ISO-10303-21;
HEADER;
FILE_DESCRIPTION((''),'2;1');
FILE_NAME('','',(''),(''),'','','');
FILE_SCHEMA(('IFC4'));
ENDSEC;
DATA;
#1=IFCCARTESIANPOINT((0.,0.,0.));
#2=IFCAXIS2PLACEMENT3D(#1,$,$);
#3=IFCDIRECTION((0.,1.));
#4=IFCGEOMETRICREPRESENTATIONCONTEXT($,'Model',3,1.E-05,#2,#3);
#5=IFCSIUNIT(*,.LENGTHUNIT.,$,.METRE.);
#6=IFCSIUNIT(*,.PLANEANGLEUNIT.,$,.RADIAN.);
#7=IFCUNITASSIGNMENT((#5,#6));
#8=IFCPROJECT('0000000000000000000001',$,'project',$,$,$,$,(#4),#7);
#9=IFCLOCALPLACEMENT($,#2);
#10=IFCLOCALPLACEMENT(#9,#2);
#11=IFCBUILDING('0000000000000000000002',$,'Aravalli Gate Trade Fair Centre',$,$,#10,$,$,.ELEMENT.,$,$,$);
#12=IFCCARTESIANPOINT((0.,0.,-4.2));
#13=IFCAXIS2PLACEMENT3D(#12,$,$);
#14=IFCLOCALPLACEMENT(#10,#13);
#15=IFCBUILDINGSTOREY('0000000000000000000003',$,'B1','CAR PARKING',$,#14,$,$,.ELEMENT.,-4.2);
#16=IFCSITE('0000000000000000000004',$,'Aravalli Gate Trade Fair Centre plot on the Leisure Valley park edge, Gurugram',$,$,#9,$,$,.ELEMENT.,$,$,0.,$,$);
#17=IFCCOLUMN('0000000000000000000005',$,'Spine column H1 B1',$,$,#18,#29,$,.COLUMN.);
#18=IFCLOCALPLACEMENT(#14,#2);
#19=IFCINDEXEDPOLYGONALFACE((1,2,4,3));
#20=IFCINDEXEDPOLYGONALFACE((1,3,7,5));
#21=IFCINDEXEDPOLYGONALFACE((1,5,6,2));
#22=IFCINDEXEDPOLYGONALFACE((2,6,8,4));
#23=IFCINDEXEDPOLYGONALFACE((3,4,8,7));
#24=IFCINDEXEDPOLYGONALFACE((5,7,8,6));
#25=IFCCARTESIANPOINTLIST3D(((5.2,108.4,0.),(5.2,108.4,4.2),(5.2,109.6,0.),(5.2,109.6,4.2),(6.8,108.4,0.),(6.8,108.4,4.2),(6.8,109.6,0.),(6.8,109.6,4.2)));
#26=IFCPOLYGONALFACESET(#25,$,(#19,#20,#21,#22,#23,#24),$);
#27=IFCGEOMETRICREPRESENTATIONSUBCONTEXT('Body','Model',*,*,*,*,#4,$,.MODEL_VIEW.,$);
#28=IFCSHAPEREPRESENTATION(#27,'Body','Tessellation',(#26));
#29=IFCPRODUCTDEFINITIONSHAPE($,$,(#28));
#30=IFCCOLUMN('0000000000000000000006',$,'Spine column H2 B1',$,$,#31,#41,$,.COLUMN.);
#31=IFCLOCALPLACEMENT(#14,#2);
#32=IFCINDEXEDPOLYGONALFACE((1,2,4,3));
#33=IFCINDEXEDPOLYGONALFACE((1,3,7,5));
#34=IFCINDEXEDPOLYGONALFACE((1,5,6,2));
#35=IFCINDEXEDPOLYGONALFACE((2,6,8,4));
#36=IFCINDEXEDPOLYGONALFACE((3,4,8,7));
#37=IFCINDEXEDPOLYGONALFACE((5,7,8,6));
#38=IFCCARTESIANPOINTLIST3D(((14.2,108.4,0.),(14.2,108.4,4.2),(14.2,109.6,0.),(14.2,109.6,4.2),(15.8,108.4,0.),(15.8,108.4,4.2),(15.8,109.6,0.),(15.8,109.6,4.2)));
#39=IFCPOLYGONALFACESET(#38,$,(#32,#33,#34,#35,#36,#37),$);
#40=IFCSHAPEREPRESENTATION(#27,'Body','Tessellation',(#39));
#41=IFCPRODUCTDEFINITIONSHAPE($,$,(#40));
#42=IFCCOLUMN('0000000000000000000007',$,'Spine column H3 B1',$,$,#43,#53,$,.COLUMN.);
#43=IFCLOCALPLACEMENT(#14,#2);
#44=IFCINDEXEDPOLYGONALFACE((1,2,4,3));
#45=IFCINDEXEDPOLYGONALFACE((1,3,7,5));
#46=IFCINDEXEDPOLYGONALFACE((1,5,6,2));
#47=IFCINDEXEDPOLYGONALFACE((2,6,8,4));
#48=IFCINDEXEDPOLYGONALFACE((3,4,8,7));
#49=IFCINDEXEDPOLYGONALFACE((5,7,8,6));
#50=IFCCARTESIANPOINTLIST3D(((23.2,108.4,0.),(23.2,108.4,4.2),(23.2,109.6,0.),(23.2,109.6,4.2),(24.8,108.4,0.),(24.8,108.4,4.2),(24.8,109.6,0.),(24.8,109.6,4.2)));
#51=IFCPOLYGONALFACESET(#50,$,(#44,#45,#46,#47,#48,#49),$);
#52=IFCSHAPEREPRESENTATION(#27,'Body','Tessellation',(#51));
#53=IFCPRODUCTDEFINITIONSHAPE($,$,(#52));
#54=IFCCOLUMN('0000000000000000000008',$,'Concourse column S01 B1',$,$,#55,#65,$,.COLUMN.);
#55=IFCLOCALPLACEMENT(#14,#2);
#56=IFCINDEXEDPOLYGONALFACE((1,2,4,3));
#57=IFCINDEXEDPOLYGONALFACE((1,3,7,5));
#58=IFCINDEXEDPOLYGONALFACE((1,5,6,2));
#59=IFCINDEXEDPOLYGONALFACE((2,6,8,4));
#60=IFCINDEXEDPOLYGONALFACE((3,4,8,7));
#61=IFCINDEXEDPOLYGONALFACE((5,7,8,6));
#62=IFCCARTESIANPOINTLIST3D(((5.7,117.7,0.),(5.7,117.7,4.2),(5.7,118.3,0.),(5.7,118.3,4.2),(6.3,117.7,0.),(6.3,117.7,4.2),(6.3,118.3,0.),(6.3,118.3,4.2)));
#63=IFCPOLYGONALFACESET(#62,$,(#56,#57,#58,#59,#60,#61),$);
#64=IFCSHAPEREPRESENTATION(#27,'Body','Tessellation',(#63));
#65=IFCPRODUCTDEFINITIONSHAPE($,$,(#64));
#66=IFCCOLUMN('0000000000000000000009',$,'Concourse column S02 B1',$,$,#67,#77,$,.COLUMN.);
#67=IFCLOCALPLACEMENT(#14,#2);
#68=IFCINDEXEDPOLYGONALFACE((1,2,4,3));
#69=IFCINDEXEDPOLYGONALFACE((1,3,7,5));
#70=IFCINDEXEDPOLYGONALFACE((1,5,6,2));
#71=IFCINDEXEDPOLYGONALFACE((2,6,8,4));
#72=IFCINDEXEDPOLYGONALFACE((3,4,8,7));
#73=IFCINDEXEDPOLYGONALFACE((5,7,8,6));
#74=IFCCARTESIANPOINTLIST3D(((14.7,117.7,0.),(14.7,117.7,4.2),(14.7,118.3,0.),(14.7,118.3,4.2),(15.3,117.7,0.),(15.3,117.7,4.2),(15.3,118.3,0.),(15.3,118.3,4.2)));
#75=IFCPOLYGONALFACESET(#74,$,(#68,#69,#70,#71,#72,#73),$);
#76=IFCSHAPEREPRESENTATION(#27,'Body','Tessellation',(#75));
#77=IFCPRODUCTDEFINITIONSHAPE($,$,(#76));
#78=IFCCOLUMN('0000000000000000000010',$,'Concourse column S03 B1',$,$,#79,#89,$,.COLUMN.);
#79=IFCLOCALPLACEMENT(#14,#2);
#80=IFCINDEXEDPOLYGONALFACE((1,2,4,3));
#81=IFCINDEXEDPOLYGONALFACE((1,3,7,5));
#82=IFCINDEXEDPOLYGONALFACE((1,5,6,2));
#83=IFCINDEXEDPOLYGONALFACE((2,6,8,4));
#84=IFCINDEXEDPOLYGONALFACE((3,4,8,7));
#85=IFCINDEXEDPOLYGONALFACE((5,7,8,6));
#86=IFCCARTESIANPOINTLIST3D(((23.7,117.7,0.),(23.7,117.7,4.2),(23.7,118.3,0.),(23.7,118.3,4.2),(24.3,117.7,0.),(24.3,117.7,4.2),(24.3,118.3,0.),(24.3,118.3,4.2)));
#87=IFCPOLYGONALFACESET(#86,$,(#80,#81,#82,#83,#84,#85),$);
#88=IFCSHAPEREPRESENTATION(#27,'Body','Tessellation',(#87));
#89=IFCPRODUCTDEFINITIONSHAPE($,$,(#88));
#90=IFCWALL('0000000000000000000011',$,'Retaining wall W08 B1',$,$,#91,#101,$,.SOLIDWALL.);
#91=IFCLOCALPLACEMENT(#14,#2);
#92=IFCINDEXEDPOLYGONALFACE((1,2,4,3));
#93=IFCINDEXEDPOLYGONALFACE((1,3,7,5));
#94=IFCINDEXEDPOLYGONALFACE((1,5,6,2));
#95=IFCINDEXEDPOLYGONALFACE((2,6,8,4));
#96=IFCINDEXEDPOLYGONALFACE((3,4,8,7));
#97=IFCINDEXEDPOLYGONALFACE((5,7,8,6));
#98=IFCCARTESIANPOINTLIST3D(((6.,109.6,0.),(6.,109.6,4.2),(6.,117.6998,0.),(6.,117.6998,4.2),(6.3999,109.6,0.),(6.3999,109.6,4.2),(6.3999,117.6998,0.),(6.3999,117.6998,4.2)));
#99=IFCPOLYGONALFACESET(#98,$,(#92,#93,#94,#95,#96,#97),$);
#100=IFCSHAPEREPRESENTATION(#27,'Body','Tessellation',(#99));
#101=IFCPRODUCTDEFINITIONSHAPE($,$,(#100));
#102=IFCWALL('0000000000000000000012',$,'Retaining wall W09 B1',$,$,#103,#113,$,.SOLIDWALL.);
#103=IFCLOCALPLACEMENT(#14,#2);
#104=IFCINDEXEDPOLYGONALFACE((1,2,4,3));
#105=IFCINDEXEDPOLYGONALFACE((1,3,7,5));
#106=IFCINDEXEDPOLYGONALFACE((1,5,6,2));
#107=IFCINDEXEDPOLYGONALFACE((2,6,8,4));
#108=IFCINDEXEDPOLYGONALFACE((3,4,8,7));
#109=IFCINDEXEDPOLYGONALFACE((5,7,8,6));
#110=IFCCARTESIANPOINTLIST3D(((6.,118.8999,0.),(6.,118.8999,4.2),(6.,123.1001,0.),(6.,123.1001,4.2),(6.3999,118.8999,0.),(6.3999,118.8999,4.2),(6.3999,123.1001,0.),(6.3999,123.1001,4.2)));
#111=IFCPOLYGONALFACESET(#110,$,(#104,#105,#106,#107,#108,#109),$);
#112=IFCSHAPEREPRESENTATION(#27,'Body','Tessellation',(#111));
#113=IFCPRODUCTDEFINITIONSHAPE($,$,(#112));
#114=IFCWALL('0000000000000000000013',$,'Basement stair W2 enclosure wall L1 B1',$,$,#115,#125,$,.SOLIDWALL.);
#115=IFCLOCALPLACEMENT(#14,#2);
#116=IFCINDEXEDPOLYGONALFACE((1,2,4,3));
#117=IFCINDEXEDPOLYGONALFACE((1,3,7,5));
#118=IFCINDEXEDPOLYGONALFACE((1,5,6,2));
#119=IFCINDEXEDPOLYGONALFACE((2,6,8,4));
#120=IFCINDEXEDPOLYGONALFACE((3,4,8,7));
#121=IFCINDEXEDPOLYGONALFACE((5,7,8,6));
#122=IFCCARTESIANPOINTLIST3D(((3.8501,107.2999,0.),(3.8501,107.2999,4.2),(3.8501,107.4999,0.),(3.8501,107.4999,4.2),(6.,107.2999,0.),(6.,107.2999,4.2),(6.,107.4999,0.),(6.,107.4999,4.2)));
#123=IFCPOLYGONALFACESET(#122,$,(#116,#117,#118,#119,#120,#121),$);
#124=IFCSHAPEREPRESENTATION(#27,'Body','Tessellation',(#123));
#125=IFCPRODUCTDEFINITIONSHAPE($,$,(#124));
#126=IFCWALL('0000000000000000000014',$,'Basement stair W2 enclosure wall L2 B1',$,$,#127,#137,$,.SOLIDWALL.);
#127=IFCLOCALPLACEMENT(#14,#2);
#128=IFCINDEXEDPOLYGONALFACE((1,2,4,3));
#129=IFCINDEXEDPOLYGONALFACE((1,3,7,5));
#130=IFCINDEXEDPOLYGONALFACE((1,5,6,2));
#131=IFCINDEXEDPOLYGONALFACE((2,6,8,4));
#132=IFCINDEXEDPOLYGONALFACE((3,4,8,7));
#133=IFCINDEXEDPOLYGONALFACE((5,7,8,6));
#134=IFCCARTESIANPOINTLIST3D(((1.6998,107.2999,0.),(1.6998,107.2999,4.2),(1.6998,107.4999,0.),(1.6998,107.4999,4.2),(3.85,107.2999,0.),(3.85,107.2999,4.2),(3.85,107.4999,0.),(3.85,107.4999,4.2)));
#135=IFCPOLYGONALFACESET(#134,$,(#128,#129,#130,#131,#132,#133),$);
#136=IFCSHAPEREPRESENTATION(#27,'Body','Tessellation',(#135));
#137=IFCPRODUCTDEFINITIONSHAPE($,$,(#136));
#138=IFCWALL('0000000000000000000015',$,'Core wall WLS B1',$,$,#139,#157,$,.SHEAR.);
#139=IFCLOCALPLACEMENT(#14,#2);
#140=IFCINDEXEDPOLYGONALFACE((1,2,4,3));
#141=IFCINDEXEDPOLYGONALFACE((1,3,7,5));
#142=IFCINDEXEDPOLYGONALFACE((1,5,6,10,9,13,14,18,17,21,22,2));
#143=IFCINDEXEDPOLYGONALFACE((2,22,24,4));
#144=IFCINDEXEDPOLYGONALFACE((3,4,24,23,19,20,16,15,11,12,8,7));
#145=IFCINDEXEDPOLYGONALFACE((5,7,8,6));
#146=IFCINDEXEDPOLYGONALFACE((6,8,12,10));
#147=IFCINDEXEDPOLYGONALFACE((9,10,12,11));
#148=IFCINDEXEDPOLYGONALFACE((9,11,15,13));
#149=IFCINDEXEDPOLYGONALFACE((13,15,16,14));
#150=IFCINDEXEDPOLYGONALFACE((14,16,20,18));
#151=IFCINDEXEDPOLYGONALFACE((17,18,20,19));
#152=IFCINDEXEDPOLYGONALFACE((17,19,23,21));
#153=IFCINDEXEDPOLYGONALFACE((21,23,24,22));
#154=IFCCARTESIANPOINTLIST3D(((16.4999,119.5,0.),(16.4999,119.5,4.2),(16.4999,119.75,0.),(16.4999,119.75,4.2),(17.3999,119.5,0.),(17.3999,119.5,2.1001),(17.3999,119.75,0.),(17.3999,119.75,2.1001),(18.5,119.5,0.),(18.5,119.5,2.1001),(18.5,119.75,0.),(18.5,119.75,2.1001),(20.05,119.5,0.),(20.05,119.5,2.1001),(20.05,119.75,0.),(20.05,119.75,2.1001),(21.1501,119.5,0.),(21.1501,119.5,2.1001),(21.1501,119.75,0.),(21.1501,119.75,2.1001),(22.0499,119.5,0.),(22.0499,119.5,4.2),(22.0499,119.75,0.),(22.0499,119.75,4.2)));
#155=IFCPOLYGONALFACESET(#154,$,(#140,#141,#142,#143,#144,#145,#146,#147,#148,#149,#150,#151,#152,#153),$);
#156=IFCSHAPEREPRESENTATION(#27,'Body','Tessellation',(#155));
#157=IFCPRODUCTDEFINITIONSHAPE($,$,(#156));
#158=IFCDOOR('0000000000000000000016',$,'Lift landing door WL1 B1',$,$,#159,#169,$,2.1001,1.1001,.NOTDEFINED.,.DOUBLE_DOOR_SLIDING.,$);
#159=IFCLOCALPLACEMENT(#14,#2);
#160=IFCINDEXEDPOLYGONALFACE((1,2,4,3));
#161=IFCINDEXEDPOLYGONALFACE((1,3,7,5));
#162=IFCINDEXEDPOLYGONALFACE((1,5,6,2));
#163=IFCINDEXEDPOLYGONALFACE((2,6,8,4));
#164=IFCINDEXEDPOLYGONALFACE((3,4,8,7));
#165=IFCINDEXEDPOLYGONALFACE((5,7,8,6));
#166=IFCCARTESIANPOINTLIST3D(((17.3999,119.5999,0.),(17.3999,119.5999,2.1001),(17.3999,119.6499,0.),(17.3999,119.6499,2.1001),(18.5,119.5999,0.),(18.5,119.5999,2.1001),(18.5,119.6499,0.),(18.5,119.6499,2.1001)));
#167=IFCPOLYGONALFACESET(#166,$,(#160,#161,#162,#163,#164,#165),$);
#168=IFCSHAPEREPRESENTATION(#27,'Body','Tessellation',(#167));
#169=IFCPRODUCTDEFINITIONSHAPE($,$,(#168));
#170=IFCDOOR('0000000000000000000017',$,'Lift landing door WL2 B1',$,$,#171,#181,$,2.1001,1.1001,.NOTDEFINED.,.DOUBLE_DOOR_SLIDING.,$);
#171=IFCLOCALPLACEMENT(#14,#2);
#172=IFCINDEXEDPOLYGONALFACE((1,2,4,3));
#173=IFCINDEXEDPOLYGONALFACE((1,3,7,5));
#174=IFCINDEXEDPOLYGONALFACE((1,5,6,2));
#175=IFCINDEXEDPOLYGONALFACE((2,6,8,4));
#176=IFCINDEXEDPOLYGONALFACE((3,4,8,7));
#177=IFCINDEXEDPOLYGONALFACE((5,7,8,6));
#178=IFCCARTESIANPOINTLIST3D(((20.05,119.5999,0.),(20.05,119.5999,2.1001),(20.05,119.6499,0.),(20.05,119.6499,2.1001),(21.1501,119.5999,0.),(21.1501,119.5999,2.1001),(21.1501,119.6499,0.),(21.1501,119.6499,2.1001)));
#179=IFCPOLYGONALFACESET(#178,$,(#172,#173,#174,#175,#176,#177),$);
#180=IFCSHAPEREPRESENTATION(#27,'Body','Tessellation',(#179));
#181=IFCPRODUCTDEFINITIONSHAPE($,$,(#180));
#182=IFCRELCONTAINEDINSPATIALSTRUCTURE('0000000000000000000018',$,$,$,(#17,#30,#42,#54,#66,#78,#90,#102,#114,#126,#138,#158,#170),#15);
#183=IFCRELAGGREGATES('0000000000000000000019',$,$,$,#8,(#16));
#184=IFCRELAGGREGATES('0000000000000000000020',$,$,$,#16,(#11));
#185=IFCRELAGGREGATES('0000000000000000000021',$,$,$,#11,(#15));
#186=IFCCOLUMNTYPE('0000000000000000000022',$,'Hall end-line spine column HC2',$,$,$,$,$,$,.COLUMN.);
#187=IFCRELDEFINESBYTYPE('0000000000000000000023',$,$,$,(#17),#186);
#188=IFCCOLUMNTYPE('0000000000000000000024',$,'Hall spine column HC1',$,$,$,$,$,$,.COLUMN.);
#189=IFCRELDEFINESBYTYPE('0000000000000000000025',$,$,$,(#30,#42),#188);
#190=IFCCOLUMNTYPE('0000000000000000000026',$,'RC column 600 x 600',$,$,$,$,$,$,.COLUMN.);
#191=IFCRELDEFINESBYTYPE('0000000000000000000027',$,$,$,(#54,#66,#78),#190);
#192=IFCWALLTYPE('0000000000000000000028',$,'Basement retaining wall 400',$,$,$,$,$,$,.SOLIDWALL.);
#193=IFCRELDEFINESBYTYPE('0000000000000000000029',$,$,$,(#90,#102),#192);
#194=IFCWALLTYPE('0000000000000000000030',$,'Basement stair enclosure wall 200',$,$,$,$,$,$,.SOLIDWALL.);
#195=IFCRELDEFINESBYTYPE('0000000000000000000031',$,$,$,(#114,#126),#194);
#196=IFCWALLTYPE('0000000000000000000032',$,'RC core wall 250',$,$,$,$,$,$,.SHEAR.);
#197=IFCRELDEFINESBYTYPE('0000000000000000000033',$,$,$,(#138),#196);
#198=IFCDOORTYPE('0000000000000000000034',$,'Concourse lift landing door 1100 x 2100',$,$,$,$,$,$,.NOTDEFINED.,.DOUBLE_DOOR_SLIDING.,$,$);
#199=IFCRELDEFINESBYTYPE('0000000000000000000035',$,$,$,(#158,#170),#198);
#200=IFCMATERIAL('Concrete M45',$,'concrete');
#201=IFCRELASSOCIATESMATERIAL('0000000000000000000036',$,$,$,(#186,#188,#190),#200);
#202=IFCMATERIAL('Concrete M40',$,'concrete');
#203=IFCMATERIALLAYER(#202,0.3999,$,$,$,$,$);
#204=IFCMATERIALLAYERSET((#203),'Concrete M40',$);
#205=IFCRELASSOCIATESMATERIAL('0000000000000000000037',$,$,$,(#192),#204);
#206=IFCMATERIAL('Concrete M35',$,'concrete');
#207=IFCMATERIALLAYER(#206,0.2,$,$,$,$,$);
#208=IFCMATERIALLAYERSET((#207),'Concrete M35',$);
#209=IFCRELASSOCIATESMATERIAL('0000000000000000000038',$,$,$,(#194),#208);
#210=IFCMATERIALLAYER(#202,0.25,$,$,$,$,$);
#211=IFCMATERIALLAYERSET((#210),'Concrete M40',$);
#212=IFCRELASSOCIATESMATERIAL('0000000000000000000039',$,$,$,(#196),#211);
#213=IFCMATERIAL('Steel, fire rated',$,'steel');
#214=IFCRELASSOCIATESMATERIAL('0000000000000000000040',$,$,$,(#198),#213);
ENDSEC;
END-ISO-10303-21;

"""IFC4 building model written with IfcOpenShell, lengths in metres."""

from ifc_helpers import new_model, si_unit, direction, frame, frame_2d, origin, origin_2d, place, context, subcontext, project, spatial, rectangle, extrude, material, layer, layer_set, material_profile, profile_set, type_object, element, fill, save


model = new_model("IFC4")

# Units and contexts
model_context = context("Model", 3, precision=1e-05, world=origin(), true_north=direction((0.0, 1.0)))
body_context = subcontext(model_context, "Body", "Model", "MODEL_VIEW")
ifc_project = project(units=[si_unit("LENGTHUNIT", "METRE"), si_unit("PLANEANGLEUNIT", "RADIAN")], contexts=[model_context])

# Site, building, storey
site_placement = place(None, origin())
site = spatial("IfcSite", under=ifc_project, at=site_placement, Name="Aravalli Gate Trade Fair Centre plot on the Leisure Valley park edge, Gurugram", CompositionType="ELEMENT", RefElevation=0.0)
building_placement = place(site_placement, origin())
building = spatial("IfcBuilding", under=site, at=building_placement, Name="Aravalli Gate Trade Fair Centre", CompositionType="ELEMENT")
storey_placement = place(building_placement, frame((0.0, 0.0, -4.2)))
storey = spatial("IfcBuildingStorey", under=building, at=storey_placement, Name="B1", Description="CAR PARKING", CompositionType="ELEMENT", Elevation=-4.2)

# Columns
ifc_material_1 = material(Name="Concrete M45", Category="concrete")
ifc_material_profile_1 = material_profile(ifc_material_1, rectangle(XDim=1.6001, YDim=1.2, at=origin_2d()), Name="RC 1600x1200")
ifc_profile_set_1 = profile_set([ifc_material_profile_1], Name="Concrete M45")
column_type_1 = type_object("IfcColumnType", Name="Hall end-line spine column HC2", PredefinedType="COLUMN", material=ifc_profile_set_1)
column_placement = place(storey_placement, frame((6.0, 109.0, 0.0), z_axis=(0.0, 0.0, 1.0), x_axis=(1.0, 0.0, 0.0)))
element("IfcColumn", 1, at=column_placement, inside=storey, type_object=column_type_1, Name="Spine column H1 B1", PredefinedType="COLUMN", context=body_context, shape_type="SweptSolid", body=[
    extrude(rectangle(XDim=1.6001, YDim=1.2, at=origin_2d()), origin(), (0.0, 0.0, 1.0), 4.2),
])
ifc_material_profile_2 = material_profile(ifc_material_1, rectangle(XDim=1.6001, YDim=1.2, at=origin_2d()), Name="RC 1600x1200")
ifc_profile_set_2 = profile_set([ifc_material_profile_2], Name="Concrete M45")
column_type_2 = type_object("IfcColumnType", Name="Hall spine column HC1", PredefinedType="COLUMN", material=ifc_profile_set_2)
for number, where, z_axis, x_axis, name in (
    (2, (15.0, 109.0, 0.0), (0.0, 0.0, 1.0), (1.0, 0.0, 0.0), "Spine column H2 B1"),
    (3, (24.0, 109.0, 0.0), (0.0, 0.0, 1.0), (1.0, 0.0, 0.0), "Spine column H3 B1"),
):
    element("IfcColumn", number, at=place(storey_placement, frame(where, z_axis=z_axis, x_axis=x_axis)), inside=storey, type_object=column_type_2, Name=name, PredefinedType="COLUMN", context=body_context, shape_type="SweptSolid", body=[
        extrude(rectangle(XDim=1.6001, YDim=1.2, at=origin_2d()), origin(), (0.0, 0.0, 1.0), 4.2),
    ])
ifc_material_profile_3 = material_profile(ifc_material_1, rectangle(XDim=0.6001, YDim=0.6001, at=origin_2d()), Name="RC column 600 x 600")
ifc_profile_set_3 = profile_set([ifc_material_profile_3], Name="Concrete M45")
column_type_3 = type_object("IfcColumnType", Name="RC column 600 x 600", PredefinedType="COLUMN", material=ifc_profile_set_3)
for number, where, z_axis, x_axis, name in (
    (4, (6.0, 118.0, 0.0), (0.0, 0.0, 1.0), (1.0, 0.0, 0.0), "Concourse column S01 B1"),
    (5, (15.0, 118.0, 0.0), (0.0, 0.0, 1.0), (1.0, 0.0, 0.0), "Concourse column S02 B1"),
    (6, (24.0, 118.0, 0.0), (0.0, 0.0, 1.0), (1.0, 0.0, 0.0), "Concourse column S03 B1"),
):
    element("IfcColumn", number, at=place(storey_placement, frame(where, z_axis=z_axis, x_axis=x_axis)), inside=storey, type_object=column_type_3, Name=name, PredefinedType="COLUMN", context=body_context, shape_type="SweptSolid", body=[
        extrude(rectangle(XDim=0.6001, YDim=0.6001, at=origin_2d()), origin(), (0.0, 0.0, 1.0), 4.2),
    ])

# Walls
ifc_material_2 = material(Name="Concrete M40", Category="concrete")
ifc_layer_1 = layer(ifc_material_2, 0.3999)
ifc_layer_set_1 = layer_set([ifc_layer_1], Name="Concrete M40")
wall_type_1 = type_object("IfcWallType", Name="Basement retaining wall 400", PredefinedType="SOLIDWALL", material=ifc_layer_set_1)
wall_1_placement = place(storey_placement, frame((6.2, 109.6001, 0.0), z_axis=(0.0, 0.0, 1.0), x_axis=(0.0, 1.0, 0.0)))
element("IfcWall", 7, at=wall_1_placement, inside=storey, type_object=wall_type_1, Name="Retaining wall W08 B1", PredefinedType="SOLIDWALL", context=body_context, shape_type="SweptSolid", body=[
    extrude(rectangle(XDim=8.0999, YDim=0.3999, at=frame_2d((4.0498, 0.0))), origin(), (0.0, 0.0, 1.0), 4.2),
])
wall_2_placement = place(storey_placement, frame((6.2, 118.8999, 0.0), z_axis=(0.0, 0.0, 1.0), x_axis=(0.0, 1.0, 0.0)))
element("IfcWall", 8, at=wall_2_placement, inside=storey, type_object=wall_type_1, Name="Retaining wall W09 B1", PredefinedType="SOLIDWALL", context=body_context, shape_type="SweptSolid", body=[
    extrude(rectangle(XDim=4.2002, YDim=0.3999, at=frame_2d((2.1001, 0.0))), origin(), (0.0, 0.0, 1.0), 4.2),
])
ifc_material_3 = material(Name="Concrete M35", Category="concrete")
ifc_layer_2 = layer(ifc_material_3, 0.2)
ifc_layer_set_2 = layer_set([ifc_layer_2], Name="Concrete M35")
wall_type_2 = type_object("IfcWallType", Name="Basement stair enclosure wall 200", PredefinedType="SOLIDWALL", material=ifc_layer_set_2)
wall_3_placement = place(storey_placement, frame((6.0, 107.3999, 0.0), z_axis=(0.0, 0.0, 1.0), x_axis=(-1.0, 0.0, 0.0)))
element("IfcWall", 9, at=wall_3_placement, inside=storey, type_object=wall_type_2, Name="Basement stair W2 enclosure wall L1 B1", PredefinedType="SOLIDWALL", context=body_context, shape_type="SweptSolid", body=[
    extrude(rectangle(XDim=2.1499, YDim=0.2, at=frame_2d((1.075, 0.0))), origin(), (0.0, 0.0, 1.0), 4.2),
])
wall_4_placement = place(storey_placement, frame((3.8501, 107.3999, 0.0), z_axis=(0.0, 0.0, 1.0), x_axis=(-1.0, 0.0, 0.0)))
element("IfcWall", 10, at=wall_4_placement, inside=storey, type_object=wall_type_2, Name="Basement stair W2 enclosure wall L2 B1", PredefinedType="SOLIDWALL", context=body_context, shape_type="SweptSolid", body=[
    extrude(rectangle(XDim=2.1501, YDim=0.2, at=frame_2d((1.0752, 0.0))), origin(), (0.0, 0.0, 1.0), 4.2),
])

# Wall, openings, doors
ifc_layer_3 = layer(ifc_material_2, 0.25)
ifc_layer_set_3 = layer_set([ifc_layer_3], Name="Concrete M40")
wall_type_3 = type_object("IfcWallType", Name="RC core wall 250", PredefinedType="SHEAR", material=ifc_layer_set_3)
wall_5_placement = place(storey_placement, frame((16.5, 119.625, 0.0), z_axis=(0.0, 0.0, 1.0), x_axis=(1.0, 0.0, 0.0)))
wall_5 = element("IfcWall", 11, at=wall_5_placement, inside=storey, type_object=wall_type_3, Name="Core wall WLS B1", PredefinedType="SHEAR", context=body_context, shape_type="SweptSolid", body=[
    extrude(rectangle(XDim=5.55, YDim=0.25, at=frame_2d((2.7749, 0.0))), origin(), (0.0, 0.0, 1.0), 4.2),
])
opening_1_placement = place(wall_5_placement, frame((0.8999, 0.0, 0.0)))
opening_1 = element("IfcOpeningElement", 12, at=opening_1_placement, cuts=wall_5, PredefinedType="OPENING", context=body_context, shape_type="SweptSolid", body=[
    extrude(rectangle(XDim=1.1001, YDim=2.1001, at=frame_2d((0.55, 1.05))), frame((0.0, 0.135, 0.0), z_axis=(0.0, -1.0, 0.0), x_axis=(1.0, 0.0, 0.0)), (0.0, 0.0, 1.0), 0.27),
])
opening_2_placement = place(wall_5_placement, frame((3.55, 0.0, 0.0)))
opening_2 = element("IfcOpeningElement", 13, at=opening_2_placement, cuts=wall_5, PredefinedType="OPENING", context=body_context, shape_type="SweptSolid", body=[
    extrude(rectangle(XDim=1.1001, YDim=2.1001, at=frame_2d((0.55, 1.05))), frame((0.0, 0.135, 0.0), z_axis=(0.0, -1.0, 0.0), x_axis=(1.0, 0.0, 0.0)), (0.0, 0.0, 1.0), 0.27),
])
ifc_material_4 = material(Name="Steel, fire rated", Category="steel")
door_type_1 = type_object("IfcDoorType", Name="Concourse lift landing door 1100 x 2100", OperationType="DOUBLE_DOOR_SLIDING", PredefinedType="NOTDEFINED", material=ifc_material_4)
door_1_placement = place(opening_1_placement, origin())
door_1 = element("IfcDoor", 14, at=door_1_placement, inside=storey, type_object=door_type_1, Name="Lift landing door WL1 B1", OperationType="DOUBLE_DOOR_SLIDING", OverallHeight=2.1001, OverallWidth=1.1001, PredefinedType="NOTDEFINED", context=body_context, shape_type="SweptSolid", body=[
    extrude(rectangle(XDim=1.1001, YDim=2.1001, at=frame_2d((0.55, 1.05))), frame((0.0, 0.0249, 0.0), z_axis=(0.0, -1.0, 0.0), x_axis=(1.0, 0.0, 0.0)), (0.0, 0.0, 1.0), 0.05),
])
fill(opening_1, door_1)
door_2_placement = place(opening_2_placement, origin())
door_2 = element("IfcDoor", 15, at=door_2_placement, inside=storey, type_object=door_type_1, Name="Lift landing door WL2 B1", OperationType="DOUBLE_DOOR_SLIDING", OverallHeight=2.1001, OverallWidth=1.1001, PredefinedType="NOTDEFINED", context=body_context, shape_type="SweptSolid", body=[
    extrude(rectangle(XDim=1.1001, YDim=2.1001, at=frame_2d((0.55, 1.05))), frame((0.0, 0.0249, 0.0), z_axis=(0.0, -1.0, 0.0), x_axis=(1.0, 0.0, 0.0)), (0.0, 0.0, 1.0), 0.05),
])
fill(opening_2, door_2)

save(model, "model.ifc")
